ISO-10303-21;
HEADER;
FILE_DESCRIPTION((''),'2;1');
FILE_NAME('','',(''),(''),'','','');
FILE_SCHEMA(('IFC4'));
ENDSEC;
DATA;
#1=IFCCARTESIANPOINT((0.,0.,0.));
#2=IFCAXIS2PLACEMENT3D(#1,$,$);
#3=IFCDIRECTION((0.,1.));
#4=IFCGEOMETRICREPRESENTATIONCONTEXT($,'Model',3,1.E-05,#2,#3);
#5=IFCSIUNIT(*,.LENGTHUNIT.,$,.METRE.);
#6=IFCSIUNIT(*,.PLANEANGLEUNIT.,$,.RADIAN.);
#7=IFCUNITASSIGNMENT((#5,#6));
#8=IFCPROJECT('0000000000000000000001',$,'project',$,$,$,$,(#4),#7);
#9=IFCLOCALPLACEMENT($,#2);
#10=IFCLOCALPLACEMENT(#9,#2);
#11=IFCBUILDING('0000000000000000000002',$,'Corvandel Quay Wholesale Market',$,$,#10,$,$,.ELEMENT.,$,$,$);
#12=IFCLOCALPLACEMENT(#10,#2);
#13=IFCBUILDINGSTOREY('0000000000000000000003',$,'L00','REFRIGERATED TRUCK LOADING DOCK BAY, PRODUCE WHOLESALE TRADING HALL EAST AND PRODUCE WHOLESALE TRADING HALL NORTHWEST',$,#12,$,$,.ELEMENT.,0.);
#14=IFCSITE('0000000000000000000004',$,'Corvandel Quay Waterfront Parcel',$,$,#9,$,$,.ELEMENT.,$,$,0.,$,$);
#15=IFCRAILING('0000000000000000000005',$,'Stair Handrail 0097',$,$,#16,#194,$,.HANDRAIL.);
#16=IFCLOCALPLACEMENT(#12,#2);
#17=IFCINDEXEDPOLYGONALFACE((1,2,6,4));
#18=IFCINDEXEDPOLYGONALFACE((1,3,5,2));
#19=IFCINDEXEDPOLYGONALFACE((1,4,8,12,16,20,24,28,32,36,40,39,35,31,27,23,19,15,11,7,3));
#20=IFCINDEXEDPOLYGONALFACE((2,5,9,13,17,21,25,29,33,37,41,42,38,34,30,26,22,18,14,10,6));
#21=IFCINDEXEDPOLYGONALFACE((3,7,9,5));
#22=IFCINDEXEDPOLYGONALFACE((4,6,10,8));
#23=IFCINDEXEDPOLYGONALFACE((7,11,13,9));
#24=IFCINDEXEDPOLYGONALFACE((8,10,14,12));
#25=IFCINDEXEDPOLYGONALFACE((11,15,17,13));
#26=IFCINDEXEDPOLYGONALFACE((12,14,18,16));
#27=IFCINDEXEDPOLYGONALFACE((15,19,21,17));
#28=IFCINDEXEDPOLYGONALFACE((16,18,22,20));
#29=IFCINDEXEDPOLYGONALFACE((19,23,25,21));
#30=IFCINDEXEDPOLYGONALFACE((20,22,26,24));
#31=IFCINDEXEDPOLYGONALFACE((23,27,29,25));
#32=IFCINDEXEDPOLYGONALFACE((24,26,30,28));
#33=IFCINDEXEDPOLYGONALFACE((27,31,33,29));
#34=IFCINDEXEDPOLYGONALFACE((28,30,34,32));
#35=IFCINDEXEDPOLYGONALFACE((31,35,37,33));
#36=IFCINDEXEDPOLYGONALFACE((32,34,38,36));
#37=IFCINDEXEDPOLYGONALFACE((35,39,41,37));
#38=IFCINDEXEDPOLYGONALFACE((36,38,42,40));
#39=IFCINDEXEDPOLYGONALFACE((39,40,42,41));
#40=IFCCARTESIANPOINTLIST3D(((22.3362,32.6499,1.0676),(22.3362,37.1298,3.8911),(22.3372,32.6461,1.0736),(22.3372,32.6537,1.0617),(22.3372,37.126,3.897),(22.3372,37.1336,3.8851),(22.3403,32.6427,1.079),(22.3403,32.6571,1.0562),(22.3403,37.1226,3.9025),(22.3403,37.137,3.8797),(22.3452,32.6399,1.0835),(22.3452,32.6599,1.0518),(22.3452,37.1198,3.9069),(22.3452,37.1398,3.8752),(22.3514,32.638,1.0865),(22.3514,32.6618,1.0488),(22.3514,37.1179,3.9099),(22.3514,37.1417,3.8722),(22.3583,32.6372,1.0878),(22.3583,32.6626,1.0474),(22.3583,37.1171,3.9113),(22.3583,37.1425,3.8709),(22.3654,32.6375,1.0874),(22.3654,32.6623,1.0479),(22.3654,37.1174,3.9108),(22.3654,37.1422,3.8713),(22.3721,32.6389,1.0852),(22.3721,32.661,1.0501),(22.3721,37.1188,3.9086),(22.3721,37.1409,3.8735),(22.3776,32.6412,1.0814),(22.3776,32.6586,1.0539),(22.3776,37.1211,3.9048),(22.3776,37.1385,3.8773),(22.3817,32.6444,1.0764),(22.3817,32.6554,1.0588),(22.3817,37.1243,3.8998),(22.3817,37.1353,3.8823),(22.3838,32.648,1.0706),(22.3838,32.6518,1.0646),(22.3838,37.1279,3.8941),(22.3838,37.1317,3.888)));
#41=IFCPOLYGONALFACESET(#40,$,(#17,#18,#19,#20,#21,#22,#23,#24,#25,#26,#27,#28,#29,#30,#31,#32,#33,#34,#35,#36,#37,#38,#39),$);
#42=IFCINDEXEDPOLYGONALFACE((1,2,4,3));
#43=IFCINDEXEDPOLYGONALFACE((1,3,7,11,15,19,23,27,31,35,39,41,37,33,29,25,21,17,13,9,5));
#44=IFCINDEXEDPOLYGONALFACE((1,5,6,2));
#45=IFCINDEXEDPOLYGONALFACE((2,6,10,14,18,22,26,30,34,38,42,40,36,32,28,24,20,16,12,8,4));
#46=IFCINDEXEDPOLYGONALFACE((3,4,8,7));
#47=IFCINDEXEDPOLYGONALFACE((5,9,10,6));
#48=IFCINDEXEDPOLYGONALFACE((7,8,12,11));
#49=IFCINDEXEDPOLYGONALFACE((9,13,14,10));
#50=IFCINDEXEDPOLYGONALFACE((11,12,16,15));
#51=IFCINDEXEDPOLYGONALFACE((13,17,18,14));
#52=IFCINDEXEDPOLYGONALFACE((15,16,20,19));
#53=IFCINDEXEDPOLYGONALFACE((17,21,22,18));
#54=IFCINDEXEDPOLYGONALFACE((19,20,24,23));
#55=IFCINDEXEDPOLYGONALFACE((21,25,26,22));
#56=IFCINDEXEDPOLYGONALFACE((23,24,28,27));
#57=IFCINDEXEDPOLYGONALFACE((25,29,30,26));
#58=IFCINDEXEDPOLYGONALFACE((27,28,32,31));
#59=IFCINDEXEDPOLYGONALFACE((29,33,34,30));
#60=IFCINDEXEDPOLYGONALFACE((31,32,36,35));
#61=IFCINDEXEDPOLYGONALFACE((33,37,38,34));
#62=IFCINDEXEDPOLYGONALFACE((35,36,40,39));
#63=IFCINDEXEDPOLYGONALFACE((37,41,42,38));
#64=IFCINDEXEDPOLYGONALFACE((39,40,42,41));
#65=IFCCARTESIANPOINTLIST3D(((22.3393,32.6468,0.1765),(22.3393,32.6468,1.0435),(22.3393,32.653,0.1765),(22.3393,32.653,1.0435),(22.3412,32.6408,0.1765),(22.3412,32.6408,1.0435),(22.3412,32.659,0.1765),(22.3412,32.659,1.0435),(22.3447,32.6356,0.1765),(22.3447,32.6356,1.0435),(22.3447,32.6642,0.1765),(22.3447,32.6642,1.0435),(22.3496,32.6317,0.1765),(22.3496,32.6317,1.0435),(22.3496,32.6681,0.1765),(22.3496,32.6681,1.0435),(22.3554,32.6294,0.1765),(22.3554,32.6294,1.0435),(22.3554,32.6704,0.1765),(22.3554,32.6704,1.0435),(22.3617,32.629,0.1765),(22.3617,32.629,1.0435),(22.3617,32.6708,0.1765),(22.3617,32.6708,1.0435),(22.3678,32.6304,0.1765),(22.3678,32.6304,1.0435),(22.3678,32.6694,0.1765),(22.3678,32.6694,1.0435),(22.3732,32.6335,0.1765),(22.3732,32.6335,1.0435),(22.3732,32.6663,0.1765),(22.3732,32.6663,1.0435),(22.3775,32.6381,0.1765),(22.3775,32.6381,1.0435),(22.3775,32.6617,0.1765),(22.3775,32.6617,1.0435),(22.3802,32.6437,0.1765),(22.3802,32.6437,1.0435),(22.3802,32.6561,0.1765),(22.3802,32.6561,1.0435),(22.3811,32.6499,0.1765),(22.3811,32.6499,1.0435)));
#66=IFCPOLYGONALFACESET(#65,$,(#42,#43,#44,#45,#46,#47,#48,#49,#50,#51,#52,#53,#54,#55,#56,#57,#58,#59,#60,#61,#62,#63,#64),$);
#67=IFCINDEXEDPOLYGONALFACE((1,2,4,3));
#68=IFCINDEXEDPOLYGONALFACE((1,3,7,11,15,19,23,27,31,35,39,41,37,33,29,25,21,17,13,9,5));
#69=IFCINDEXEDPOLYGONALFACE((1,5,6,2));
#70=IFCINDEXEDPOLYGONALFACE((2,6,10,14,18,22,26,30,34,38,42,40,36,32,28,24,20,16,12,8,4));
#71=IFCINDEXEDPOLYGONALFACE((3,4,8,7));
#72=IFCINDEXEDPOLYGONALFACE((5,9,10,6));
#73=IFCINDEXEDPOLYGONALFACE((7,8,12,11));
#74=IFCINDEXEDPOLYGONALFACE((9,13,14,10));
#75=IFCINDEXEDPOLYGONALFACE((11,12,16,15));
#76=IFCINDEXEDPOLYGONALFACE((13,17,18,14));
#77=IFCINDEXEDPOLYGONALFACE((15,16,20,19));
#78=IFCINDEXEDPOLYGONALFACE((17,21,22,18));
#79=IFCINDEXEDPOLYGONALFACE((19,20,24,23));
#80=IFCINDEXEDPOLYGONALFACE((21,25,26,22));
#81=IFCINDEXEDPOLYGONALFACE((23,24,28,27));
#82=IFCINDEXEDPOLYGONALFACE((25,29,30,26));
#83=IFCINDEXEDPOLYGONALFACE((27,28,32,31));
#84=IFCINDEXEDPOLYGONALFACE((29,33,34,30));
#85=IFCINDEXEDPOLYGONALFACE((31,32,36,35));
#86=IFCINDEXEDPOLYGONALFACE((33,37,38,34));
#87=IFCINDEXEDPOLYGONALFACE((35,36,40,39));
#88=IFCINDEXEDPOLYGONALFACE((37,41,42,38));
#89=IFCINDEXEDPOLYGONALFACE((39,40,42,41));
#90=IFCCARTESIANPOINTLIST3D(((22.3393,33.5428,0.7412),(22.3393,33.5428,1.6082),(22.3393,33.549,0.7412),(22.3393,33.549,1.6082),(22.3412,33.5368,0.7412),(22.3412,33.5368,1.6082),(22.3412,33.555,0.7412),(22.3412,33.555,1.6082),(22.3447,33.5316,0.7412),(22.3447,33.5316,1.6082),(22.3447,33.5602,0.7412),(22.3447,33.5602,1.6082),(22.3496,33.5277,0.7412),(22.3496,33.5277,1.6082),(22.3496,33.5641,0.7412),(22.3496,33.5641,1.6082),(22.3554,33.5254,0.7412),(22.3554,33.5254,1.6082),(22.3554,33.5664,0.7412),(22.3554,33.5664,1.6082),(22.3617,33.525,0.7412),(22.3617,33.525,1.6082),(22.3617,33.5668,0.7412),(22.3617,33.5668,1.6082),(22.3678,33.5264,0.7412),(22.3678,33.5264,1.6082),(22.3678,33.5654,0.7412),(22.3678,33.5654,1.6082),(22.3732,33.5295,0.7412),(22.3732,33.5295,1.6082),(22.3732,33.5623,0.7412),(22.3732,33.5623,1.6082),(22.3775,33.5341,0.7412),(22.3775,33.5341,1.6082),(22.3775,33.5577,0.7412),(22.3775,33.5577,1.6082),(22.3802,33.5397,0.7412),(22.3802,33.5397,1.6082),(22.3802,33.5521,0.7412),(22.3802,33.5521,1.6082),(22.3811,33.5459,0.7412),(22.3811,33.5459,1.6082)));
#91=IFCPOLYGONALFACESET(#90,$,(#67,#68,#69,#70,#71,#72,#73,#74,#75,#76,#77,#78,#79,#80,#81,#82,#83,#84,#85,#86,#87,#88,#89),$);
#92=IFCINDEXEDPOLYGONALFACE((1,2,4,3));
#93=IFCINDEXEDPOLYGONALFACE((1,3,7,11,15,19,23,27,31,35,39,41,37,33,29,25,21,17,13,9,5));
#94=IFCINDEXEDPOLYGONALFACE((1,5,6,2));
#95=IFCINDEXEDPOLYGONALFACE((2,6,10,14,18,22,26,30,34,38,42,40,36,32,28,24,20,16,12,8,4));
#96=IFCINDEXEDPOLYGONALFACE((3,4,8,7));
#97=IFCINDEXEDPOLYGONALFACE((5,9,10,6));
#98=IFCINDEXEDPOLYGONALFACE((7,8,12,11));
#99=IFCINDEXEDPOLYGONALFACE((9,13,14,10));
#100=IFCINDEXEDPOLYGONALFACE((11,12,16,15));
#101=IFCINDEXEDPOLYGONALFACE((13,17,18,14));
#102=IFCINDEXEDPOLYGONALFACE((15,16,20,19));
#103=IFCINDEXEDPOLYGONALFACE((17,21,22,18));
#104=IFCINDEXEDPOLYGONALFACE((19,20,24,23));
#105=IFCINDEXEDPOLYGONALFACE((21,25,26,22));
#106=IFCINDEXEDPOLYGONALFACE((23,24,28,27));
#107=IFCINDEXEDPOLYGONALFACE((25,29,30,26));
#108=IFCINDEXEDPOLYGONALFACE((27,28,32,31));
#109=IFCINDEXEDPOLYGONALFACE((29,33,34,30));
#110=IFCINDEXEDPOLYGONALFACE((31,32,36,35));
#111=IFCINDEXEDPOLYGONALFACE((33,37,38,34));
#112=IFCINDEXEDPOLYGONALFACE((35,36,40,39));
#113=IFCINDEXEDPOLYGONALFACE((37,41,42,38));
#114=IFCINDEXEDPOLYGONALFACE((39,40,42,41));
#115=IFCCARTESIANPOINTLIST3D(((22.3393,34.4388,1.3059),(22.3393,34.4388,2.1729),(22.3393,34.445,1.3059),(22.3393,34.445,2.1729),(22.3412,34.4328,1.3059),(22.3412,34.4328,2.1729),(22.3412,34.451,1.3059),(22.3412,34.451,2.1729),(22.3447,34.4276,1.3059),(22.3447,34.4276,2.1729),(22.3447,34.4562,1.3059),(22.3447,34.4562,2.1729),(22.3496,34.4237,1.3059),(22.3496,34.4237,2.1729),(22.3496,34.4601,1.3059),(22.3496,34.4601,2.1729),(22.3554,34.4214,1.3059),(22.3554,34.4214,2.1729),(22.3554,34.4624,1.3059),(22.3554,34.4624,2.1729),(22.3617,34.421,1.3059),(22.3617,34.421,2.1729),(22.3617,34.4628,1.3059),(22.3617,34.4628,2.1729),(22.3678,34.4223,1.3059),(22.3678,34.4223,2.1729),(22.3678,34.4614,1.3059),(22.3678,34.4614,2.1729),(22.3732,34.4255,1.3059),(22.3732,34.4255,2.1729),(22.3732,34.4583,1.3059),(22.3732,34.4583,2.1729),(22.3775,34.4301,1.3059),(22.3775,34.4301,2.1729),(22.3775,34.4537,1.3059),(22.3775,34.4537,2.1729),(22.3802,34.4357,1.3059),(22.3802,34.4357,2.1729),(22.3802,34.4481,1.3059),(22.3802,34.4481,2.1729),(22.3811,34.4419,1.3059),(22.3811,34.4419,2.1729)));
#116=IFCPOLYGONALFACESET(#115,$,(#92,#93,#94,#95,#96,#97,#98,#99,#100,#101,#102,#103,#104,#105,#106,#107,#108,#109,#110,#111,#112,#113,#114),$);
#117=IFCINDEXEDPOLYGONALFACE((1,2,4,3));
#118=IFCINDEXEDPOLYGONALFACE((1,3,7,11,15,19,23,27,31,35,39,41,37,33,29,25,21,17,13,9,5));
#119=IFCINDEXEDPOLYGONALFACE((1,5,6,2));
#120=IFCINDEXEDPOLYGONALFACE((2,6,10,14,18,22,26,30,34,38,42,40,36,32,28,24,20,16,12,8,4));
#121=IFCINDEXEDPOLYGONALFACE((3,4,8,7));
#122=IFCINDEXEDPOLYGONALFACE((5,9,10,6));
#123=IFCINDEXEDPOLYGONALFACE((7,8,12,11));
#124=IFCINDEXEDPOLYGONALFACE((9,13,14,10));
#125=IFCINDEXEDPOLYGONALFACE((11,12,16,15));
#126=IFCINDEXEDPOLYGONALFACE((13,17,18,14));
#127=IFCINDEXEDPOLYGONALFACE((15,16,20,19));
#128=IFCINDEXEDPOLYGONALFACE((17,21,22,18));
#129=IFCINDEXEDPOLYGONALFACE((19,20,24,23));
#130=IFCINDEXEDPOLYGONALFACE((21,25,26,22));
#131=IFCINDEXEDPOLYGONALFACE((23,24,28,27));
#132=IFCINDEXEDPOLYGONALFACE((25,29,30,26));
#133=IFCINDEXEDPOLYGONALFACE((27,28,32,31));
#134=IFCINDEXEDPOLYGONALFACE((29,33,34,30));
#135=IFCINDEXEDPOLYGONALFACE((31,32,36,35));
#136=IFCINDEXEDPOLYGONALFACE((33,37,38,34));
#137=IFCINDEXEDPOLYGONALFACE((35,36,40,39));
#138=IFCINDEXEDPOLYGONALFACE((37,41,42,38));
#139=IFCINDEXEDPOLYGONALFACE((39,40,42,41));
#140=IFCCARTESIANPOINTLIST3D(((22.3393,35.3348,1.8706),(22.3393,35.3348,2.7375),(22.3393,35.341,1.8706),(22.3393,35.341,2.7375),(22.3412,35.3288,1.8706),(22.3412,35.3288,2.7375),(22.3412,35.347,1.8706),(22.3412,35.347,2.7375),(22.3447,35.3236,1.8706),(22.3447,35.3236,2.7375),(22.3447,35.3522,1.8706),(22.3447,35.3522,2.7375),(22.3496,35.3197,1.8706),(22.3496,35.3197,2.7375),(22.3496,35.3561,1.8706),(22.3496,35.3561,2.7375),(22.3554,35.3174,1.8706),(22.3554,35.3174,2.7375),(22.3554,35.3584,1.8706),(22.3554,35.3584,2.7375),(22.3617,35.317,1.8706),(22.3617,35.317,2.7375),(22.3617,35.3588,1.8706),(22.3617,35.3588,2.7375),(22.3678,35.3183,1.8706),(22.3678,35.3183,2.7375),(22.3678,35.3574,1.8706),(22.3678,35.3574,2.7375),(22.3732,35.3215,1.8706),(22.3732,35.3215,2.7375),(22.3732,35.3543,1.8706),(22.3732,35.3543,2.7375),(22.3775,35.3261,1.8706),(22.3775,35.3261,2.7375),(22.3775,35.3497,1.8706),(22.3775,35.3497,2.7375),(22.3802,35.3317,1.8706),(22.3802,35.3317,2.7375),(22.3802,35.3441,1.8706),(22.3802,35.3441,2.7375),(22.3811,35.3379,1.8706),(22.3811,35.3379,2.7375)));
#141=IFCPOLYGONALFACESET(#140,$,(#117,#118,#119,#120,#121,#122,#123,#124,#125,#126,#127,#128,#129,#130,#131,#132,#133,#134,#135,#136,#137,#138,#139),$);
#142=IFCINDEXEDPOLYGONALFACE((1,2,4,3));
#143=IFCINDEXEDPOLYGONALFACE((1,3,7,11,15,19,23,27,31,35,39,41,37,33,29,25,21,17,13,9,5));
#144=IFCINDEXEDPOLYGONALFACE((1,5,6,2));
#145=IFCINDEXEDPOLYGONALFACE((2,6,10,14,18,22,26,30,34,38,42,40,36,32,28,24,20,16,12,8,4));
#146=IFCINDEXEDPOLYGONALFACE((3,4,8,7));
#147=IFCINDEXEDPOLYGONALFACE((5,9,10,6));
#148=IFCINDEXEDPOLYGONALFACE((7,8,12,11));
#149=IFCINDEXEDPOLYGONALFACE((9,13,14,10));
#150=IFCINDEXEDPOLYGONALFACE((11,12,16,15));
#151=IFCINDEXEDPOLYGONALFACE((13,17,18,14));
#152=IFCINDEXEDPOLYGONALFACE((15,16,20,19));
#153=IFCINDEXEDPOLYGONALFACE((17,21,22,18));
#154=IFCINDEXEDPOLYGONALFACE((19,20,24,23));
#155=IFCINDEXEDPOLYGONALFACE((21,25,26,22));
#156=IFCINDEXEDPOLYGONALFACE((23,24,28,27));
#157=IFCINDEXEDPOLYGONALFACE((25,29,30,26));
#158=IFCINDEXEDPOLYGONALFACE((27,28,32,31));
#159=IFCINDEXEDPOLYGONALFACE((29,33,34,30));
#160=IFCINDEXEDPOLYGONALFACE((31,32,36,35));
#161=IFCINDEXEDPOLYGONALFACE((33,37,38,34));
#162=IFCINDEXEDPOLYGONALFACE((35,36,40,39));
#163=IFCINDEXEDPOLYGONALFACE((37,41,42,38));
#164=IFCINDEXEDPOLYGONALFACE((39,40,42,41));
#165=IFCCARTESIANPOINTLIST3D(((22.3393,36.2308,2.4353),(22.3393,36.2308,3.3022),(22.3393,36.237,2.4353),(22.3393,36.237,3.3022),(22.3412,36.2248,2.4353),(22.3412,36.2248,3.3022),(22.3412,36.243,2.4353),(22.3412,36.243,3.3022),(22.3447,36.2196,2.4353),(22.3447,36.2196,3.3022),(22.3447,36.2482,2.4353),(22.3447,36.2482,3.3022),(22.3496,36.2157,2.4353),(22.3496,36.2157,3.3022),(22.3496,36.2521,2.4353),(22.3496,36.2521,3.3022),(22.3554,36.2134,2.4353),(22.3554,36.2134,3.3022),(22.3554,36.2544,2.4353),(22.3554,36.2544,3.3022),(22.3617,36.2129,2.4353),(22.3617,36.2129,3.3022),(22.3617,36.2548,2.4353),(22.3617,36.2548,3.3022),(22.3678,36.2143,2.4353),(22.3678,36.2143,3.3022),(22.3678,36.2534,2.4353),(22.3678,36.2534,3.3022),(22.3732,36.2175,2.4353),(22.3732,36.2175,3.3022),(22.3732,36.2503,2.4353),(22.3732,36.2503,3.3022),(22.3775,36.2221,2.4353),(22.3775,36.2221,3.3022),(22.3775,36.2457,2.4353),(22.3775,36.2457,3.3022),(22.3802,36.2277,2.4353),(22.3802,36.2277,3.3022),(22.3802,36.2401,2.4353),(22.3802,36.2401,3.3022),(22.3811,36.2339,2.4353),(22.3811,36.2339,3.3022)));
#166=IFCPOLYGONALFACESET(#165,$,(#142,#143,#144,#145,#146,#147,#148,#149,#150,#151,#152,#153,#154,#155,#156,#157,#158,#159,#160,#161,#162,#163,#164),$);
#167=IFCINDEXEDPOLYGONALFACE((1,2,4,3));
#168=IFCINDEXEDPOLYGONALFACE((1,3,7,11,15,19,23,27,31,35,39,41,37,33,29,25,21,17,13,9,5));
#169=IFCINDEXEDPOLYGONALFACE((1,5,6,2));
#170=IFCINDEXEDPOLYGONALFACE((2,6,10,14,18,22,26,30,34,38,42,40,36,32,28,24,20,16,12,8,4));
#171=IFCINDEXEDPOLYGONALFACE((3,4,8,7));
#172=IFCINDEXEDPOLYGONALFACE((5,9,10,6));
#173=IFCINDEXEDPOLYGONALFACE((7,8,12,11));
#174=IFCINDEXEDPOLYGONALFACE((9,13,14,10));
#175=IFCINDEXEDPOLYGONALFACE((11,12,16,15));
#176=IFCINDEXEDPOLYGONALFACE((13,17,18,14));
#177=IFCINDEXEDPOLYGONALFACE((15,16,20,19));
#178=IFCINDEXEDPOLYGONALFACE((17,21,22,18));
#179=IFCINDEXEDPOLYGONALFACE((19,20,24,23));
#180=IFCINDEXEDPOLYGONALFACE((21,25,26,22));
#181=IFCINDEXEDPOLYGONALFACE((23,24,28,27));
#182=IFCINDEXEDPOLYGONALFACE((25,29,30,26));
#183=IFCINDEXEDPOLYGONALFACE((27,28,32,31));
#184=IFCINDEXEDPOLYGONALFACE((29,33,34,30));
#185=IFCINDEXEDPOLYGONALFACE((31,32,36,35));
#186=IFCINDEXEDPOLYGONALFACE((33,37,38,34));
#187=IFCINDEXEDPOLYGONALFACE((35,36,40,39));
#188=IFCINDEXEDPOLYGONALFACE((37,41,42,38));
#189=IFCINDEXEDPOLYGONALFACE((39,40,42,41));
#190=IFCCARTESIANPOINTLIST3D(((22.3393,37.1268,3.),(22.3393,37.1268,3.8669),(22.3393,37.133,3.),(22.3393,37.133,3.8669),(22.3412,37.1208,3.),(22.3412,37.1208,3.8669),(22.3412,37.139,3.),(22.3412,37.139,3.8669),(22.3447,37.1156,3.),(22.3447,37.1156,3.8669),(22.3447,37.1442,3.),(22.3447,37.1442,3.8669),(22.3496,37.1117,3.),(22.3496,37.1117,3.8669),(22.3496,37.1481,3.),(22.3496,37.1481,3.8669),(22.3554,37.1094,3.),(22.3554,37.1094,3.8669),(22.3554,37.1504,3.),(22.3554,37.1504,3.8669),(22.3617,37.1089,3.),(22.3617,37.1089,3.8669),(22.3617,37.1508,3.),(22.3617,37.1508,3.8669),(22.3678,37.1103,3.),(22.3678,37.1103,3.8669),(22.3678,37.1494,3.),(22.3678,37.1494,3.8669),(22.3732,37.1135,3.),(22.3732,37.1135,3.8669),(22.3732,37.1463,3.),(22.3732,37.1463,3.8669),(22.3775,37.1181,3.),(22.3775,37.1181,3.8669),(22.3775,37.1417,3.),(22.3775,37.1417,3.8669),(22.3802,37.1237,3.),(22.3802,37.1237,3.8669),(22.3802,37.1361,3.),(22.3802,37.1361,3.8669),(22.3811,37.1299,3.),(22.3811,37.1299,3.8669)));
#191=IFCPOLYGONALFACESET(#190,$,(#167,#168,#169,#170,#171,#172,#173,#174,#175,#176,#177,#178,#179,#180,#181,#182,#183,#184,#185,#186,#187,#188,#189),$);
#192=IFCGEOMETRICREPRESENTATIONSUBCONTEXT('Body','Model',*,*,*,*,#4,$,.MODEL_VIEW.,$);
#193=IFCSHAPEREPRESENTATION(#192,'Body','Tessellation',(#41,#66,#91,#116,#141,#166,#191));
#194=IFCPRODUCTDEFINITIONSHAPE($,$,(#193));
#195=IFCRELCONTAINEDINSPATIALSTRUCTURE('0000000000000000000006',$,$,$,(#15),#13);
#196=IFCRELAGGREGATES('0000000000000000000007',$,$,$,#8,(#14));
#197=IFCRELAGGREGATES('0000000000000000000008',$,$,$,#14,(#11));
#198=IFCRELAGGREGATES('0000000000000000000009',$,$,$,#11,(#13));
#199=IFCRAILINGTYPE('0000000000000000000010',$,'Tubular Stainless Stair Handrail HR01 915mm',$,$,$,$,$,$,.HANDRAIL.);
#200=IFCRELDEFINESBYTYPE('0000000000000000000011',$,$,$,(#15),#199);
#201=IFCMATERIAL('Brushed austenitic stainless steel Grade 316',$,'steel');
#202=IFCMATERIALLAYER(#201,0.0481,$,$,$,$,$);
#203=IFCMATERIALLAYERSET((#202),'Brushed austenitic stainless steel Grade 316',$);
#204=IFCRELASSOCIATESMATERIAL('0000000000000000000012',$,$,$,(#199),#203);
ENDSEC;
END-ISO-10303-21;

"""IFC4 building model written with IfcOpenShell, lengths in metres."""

from ifc_helpers import new_model, si_unit, direction, frame, origin, origin_2d, place, context, subcontext, project, spatial, circle, extrude, material, layer, layer_set, type_object, element, save


model = new_model("IFC4")

# Units and contexts
model_context = context("Model", 3, precision=1e-05, world=origin(), true_north=direction((0.0, 1.0)))
body_context = subcontext(model_context, "Body", "Model", "MODEL_VIEW")
ifc_project = project(units=[si_unit("LENGTHUNIT", "METRE"), si_unit("PLANEANGLEUNIT", "RADIAN")], contexts=[model_context])

# Site, building, storey
site_placement = place(None, origin())
site = spatial("IfcSite", under=ifc_project, at=site_placement, Name="Corvandel Quay Waterfront Parcel", CompositionType="ELEMENT", RefElevation=0.0)
building_placement = place(site_placement, origin())
building = spatial("IfcBuilding", under=site, at=building_placement, Name="Corvandel Quay Wholesale Market", CompositionType="ELEMENT")
storey_placement = place(building_placement, origin())
storey = spatial("IfcBuildingStorey", under=building, at=storey_placement, Name="L00", Description="REFRIGERATED TRUCK LOADING DOCK BAY, PRODUCE WHOLESALE TRADING HALL EAST AND PRODUCE WHOLESALE TRADING HALL NORTHWEST", CompositionType="ELEMENT", Elevation=0.0)

# Railing
ifc_material_1 = material(Name="Brushed austenitic stainless steel Grade 316", Category="steel")
ifc_layer_1 = layer(ifc_material_1, 0.0481)
ifc_layer_set_1 = layer_set([ifc_layer_1], Name="Brushed austenitic stainless steel Grade 316")
railing_type = type_object("IfcRailingType", Name="Tubular Stainless Stair Handrail HR01 915mm", PredefinedType="HANDRAIL", material=ifc_layer_set_1)
for number, where, name in (
    (1, (22.3601, 32.6499, 0.1765), "Stair Handrail 0097"),
):
    element("IfcRailing", number, at=place(storey_placement, frame(where)), inside=storey, type_object=railing_type, Name=name, PredefinedType="HANDRAIL", context=body_context, shape_type="SweptSolid", body=[
        extrude(circle(Radius=0.0239, at=origin_2d()), frame((0.0, 0.0, 0.8911), z_axis=(0.0, 0.845998, 0.533186), x_axis=(-1.0, 0.0, 0.0)), (0.0, 0.0, 1.0), 5.2954),
        extrude(circle(Radius=0.021, at=origin_2d()), origin(), (0.0, 0.0, 1.0), 0.8669),
        extrude(circle(Radius=0.021, at=origin_2d()), frame((0.0, 0.896, 0.5647)), (0.0, 0.0, 1.0), 0.8669),
        extrude(circle(Radius=0.021, at=origin_2d()), frame((0.0, 1.792, 1.1294)), (0.0, 0.0, 1.0), 0.8669),
        extrude(circle(Radius=0.021, at=origin_2d()), frame((0.0, 2.688, 1.6941)), (0.0, 0.0, 1.0), 0.8669),
        extrude(circle(Radius=0.021, at=origin_2d()), frame((0.0, 3.584, 2.2588)), (0.0, 0.0, 1.0), 0.8669),
        extrude(circle(Radius=0.021, at=origin_2d()), frame((0.0, 4.48, 2.8235)), (0.0, 0.0, 1.0), 0.8669),
    ])

save(model, "model.ifc")
